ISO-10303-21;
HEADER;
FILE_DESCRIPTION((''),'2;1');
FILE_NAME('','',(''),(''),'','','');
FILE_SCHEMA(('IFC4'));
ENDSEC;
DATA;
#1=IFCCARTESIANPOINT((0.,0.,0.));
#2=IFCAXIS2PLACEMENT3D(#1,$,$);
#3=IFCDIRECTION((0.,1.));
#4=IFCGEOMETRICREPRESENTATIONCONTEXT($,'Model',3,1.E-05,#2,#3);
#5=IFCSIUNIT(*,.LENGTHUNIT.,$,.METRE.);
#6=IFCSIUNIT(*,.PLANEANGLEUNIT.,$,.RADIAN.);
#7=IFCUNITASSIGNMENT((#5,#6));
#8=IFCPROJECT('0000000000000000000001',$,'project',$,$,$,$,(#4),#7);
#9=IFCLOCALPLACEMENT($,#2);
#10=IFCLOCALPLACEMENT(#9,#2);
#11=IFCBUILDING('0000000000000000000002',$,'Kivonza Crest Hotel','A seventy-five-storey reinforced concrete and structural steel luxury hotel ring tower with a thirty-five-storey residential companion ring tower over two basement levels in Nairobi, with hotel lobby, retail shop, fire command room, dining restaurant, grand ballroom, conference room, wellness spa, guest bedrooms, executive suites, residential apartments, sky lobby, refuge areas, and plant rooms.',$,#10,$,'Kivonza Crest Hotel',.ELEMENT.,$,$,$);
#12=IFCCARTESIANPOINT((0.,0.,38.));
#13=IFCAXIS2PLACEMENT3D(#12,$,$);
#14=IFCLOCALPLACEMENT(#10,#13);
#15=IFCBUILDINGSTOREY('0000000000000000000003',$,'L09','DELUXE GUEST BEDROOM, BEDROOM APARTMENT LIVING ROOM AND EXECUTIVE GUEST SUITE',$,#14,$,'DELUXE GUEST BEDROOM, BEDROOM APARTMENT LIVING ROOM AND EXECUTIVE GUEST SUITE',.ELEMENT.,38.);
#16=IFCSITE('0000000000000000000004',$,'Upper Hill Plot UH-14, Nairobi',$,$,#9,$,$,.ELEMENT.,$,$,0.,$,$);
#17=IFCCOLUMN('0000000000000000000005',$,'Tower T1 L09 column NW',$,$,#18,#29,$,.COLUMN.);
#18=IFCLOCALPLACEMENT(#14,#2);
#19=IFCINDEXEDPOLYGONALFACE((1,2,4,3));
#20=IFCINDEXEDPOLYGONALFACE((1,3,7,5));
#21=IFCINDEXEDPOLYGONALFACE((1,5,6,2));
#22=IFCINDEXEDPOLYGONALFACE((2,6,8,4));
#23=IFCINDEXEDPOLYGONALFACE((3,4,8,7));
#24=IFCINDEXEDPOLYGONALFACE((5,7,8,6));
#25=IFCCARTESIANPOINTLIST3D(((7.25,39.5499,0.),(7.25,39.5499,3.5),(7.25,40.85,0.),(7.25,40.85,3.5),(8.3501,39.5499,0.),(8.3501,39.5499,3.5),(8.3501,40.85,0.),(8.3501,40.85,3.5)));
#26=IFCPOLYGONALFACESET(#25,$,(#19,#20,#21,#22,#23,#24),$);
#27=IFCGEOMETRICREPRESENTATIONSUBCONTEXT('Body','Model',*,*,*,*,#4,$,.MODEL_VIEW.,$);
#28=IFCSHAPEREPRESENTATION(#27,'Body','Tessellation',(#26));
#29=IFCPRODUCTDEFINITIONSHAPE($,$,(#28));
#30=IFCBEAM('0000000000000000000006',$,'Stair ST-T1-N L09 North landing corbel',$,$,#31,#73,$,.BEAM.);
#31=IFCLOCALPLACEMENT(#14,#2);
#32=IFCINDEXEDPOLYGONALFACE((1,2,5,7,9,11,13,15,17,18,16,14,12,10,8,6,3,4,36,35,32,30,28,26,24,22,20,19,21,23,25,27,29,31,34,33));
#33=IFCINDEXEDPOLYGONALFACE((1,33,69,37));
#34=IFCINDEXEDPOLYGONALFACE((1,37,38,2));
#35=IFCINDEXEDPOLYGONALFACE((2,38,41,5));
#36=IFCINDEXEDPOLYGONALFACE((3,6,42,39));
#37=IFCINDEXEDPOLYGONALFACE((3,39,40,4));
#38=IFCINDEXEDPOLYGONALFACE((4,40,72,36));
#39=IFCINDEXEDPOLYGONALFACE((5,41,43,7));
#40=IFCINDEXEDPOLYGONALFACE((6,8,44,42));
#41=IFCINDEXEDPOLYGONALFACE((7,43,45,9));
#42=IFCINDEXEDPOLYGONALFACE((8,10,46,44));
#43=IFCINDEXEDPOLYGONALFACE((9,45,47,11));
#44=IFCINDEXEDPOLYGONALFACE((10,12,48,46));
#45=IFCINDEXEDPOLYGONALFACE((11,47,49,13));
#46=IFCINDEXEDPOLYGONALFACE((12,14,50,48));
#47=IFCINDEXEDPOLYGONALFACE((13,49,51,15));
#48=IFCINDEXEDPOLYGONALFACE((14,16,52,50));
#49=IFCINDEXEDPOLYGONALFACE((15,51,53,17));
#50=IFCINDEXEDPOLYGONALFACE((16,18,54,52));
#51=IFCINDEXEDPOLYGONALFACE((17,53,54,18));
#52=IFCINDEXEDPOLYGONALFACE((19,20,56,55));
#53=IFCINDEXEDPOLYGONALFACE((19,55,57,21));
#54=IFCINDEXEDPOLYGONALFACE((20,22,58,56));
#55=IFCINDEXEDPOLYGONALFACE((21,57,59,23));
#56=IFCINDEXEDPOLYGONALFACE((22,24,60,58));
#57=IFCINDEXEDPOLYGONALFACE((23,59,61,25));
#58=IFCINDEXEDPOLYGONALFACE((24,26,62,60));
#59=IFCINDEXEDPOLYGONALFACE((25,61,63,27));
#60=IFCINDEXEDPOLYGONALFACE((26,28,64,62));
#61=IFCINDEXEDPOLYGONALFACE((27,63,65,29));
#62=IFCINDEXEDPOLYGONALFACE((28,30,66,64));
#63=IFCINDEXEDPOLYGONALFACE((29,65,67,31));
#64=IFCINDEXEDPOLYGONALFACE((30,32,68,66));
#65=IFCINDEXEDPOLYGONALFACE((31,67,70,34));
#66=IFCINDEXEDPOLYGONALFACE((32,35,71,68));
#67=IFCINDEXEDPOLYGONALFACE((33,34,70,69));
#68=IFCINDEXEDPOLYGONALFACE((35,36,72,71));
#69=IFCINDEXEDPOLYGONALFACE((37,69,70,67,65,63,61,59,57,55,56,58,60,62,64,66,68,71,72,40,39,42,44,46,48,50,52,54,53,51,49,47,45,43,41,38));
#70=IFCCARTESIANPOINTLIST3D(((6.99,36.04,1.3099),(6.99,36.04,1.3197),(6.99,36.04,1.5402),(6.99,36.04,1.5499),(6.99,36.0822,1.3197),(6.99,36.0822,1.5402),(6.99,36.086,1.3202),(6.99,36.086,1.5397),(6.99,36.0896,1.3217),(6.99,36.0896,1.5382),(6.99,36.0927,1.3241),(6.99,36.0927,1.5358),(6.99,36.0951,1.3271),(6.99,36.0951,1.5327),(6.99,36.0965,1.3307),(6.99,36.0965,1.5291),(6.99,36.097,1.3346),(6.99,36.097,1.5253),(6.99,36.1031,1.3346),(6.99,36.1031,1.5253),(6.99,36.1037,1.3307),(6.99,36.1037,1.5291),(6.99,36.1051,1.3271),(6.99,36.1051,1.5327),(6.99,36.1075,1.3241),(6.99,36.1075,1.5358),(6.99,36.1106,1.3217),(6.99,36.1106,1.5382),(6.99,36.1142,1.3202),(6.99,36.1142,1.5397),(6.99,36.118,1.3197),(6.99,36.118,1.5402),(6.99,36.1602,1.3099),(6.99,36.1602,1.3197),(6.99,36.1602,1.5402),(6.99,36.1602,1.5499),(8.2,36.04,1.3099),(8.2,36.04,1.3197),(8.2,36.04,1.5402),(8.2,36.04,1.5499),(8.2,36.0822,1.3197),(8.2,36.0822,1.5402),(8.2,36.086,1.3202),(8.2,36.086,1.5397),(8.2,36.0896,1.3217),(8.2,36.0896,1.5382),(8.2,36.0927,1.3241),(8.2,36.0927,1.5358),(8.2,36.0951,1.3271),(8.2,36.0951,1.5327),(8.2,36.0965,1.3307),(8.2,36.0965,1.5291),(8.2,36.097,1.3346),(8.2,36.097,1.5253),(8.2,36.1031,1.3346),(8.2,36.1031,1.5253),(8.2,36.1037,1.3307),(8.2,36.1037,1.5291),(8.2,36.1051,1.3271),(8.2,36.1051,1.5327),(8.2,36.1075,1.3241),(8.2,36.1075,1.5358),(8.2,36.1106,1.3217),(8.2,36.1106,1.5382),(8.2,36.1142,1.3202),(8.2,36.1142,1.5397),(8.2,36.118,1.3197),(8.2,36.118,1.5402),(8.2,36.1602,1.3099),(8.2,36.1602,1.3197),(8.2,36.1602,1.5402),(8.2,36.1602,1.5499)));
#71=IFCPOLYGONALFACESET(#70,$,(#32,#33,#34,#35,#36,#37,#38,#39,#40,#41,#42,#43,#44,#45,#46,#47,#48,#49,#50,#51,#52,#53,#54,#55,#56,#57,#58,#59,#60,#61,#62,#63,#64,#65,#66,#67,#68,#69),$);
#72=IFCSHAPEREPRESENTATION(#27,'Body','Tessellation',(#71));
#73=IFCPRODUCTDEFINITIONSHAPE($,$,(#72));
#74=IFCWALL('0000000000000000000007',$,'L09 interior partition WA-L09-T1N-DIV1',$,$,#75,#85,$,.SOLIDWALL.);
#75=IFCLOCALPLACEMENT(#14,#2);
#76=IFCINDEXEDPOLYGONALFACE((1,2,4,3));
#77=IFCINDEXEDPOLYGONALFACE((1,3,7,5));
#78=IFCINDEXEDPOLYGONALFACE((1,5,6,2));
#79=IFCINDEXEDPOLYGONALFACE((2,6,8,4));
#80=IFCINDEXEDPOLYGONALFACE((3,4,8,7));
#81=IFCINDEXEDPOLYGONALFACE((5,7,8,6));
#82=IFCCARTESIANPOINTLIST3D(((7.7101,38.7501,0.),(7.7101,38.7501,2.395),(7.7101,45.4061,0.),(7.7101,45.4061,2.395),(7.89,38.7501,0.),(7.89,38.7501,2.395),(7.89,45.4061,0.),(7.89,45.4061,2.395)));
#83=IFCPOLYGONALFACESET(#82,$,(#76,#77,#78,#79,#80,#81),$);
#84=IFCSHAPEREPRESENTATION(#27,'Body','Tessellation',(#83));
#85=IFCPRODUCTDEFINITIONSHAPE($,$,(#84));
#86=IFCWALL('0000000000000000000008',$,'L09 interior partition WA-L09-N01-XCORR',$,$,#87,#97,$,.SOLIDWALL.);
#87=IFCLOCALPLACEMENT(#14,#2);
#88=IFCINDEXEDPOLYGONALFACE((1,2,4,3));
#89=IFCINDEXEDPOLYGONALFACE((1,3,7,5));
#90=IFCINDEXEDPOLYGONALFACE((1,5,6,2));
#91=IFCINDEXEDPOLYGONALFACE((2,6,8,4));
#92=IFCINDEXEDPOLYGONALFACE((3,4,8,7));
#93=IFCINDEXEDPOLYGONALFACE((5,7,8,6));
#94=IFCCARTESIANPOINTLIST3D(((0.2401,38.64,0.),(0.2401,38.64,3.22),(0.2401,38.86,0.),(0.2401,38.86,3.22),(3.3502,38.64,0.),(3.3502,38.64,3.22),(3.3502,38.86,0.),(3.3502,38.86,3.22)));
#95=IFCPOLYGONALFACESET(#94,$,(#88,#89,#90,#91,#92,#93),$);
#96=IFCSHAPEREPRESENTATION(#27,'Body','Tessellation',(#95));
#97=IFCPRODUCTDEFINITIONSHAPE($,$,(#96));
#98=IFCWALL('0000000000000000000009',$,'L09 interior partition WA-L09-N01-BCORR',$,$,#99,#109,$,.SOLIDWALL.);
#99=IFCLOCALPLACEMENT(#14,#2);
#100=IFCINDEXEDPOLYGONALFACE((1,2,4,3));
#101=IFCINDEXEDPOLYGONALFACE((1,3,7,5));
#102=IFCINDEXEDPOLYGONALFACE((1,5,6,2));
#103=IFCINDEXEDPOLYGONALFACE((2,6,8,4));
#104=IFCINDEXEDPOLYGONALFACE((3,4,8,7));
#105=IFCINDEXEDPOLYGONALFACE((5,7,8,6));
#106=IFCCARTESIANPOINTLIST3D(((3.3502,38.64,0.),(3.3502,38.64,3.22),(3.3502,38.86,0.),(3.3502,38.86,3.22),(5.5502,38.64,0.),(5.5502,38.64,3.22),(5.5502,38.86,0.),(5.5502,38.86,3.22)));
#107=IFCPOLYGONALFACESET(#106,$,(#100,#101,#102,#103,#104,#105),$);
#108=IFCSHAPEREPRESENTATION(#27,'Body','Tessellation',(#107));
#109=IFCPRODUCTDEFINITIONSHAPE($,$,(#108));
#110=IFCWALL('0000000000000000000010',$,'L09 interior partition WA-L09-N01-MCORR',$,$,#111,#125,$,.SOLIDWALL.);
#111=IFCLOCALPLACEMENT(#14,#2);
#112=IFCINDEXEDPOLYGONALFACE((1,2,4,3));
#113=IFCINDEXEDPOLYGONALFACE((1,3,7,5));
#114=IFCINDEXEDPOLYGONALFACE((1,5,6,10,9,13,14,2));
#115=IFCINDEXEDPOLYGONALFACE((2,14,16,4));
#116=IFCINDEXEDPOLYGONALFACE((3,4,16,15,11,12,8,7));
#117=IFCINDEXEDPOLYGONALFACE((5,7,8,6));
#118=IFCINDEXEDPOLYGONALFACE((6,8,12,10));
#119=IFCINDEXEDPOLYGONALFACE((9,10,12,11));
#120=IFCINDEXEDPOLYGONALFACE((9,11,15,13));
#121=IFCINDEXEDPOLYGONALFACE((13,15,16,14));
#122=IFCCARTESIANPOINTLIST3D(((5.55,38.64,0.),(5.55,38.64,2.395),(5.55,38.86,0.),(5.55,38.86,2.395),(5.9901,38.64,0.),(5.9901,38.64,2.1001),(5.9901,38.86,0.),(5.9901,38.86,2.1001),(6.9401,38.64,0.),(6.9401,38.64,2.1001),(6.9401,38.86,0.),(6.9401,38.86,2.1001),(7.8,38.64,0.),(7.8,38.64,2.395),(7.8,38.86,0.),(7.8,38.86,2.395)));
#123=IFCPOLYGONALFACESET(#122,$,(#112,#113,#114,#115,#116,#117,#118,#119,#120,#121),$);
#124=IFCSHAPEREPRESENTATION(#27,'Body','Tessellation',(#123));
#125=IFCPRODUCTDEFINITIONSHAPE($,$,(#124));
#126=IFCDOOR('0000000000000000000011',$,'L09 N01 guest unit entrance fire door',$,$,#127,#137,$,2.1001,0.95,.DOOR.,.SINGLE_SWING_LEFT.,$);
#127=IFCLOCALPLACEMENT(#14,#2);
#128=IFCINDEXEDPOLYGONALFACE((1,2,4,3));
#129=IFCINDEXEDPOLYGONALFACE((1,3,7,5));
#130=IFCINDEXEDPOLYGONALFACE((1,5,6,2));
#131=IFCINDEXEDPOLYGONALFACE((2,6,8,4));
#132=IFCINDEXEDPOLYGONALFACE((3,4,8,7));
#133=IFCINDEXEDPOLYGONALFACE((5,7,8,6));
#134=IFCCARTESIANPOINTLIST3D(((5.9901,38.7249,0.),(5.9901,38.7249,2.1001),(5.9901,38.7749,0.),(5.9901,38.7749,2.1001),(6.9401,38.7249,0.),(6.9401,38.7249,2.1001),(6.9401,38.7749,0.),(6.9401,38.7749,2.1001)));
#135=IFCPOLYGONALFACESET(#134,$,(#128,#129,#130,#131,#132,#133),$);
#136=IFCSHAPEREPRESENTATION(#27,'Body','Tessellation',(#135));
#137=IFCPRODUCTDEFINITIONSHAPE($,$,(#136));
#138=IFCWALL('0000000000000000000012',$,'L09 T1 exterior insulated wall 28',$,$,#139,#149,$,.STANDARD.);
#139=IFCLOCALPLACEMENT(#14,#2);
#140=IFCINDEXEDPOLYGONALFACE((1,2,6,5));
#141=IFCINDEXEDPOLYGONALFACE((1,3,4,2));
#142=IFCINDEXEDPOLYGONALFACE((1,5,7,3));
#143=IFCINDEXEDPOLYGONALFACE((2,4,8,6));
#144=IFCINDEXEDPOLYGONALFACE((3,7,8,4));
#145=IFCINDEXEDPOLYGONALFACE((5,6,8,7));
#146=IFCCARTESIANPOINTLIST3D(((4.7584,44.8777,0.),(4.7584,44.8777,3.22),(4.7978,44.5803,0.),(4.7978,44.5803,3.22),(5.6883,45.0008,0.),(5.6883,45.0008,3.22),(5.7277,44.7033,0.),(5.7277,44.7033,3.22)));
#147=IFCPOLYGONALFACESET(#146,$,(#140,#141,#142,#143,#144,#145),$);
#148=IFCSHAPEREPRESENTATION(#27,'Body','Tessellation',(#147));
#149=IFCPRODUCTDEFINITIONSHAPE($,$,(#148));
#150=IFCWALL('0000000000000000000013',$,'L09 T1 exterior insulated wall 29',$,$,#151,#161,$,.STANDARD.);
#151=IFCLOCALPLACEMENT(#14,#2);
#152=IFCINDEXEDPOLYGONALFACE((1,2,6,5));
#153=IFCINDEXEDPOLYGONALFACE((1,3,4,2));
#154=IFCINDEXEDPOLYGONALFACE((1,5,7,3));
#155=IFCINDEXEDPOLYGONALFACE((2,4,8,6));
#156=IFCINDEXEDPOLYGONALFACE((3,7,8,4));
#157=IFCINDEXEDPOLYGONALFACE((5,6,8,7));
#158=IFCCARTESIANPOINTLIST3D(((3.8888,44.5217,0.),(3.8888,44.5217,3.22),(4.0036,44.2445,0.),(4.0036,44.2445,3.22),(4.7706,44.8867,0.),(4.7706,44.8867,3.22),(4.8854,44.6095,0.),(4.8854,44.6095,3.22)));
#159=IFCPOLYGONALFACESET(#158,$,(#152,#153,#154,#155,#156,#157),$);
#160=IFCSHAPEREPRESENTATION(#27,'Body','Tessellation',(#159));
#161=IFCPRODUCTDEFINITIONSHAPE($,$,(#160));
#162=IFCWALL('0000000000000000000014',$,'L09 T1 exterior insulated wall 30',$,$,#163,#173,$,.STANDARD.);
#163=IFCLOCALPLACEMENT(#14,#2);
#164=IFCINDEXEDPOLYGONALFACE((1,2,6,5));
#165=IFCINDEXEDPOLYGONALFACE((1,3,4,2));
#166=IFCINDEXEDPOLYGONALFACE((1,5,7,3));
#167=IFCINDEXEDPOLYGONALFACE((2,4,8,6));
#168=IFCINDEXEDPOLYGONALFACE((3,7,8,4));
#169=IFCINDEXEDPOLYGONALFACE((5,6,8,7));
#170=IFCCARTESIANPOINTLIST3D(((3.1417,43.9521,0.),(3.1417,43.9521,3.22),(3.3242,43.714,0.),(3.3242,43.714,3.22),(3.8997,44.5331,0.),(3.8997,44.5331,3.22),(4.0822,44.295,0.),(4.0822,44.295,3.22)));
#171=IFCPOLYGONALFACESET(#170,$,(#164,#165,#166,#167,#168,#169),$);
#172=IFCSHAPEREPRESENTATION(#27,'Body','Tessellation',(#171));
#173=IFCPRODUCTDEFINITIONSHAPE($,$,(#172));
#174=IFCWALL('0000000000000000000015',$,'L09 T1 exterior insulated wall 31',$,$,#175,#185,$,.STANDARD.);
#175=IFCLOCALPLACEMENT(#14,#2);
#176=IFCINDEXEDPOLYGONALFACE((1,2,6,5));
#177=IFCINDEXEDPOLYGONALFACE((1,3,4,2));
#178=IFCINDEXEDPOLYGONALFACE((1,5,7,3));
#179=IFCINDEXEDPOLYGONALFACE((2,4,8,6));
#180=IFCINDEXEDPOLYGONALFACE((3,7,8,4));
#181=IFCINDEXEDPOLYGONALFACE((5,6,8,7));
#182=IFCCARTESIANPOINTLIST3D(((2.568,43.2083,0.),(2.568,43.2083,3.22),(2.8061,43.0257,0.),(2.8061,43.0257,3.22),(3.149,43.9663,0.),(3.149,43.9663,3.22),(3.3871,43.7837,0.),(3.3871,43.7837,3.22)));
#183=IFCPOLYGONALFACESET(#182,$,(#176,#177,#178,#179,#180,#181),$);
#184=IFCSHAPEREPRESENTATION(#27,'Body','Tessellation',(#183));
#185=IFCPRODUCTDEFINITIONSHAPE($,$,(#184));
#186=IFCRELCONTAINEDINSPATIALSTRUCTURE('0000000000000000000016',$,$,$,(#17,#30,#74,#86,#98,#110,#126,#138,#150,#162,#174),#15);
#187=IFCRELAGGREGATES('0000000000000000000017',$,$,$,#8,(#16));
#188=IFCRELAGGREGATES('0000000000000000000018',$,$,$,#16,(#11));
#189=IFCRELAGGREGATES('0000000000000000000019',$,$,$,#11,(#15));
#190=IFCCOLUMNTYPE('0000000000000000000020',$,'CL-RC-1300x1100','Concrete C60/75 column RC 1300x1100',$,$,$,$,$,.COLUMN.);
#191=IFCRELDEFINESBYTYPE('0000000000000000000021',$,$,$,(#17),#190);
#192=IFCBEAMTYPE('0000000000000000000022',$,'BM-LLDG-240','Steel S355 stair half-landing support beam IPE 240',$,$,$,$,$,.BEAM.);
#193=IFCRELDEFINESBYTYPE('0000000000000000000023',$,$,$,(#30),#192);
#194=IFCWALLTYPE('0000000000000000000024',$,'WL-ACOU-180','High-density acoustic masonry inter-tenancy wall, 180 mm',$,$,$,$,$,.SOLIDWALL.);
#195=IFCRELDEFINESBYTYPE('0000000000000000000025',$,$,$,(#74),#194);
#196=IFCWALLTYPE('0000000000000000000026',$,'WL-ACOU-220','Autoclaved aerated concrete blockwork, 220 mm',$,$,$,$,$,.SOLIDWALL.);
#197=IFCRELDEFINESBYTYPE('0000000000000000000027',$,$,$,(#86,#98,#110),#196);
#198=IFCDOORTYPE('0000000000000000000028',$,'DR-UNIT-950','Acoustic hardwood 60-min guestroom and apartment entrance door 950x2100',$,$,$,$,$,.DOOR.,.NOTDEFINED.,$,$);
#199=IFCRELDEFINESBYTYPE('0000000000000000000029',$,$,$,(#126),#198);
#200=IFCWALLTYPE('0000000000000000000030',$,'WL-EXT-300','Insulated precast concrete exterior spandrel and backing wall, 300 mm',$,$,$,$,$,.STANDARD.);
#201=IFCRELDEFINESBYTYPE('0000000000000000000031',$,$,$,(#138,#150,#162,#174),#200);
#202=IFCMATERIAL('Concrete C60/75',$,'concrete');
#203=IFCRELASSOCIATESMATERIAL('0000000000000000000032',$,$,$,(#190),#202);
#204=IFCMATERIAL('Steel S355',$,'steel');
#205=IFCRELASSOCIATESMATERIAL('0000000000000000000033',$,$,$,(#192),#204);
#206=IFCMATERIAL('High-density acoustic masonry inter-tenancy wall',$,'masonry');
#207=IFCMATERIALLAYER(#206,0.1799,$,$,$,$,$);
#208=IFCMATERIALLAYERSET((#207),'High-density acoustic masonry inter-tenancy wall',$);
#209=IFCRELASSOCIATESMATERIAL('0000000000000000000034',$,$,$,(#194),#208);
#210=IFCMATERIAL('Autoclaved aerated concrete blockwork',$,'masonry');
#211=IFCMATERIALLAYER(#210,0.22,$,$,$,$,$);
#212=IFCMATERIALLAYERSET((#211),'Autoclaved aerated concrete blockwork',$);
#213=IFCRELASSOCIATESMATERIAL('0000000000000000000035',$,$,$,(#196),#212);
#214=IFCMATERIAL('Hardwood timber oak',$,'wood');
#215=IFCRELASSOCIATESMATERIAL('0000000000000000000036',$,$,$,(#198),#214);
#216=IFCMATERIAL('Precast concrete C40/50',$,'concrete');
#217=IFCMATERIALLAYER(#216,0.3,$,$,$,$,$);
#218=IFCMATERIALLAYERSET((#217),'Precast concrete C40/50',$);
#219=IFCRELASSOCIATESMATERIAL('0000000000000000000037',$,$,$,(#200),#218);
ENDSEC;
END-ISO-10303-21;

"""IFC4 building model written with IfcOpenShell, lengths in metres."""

from ifc_helpers import new_model, si_unit, direction, frame, frame_2d, origin, origin_2d, place, context, subcontext, project, spatial, rectangle, i_section, extrude, material, layer, layer_set, material_profile, profile_set, type_object, element, fill, save


model = new_model("IFC4")

# Units and contexts
model_context = context("Model", 3, precision=1e-05, world=origin(), true_north=direction((0.0, 1.0)))
body_context = subcontext(model_context, "Body", "Model", "MODEL_VIEW")
ifc_project = project(units=[si_unit("LENGTHUNIT", "METRE"), si_unit("PLANEANGLEUNIT", "RADIAN")], contexts=[model_context])

# Site, building, storey
site_placement = place(None, origin())
site = spatial("IfcSite", under=ifc_project, at=site_placement, Name="Upper Hill Plot UH-14, Nairobi", CompositionType="ELEMENT", RefElevation=0.0)
building_placement = place(site_placement, origin())
building = spatial("IfcBuilding", under=site, at=building_placement, Name="Kivonza Crest Hotel", Description="A seventy-five-storey reinforced concrete and structural steel luxury hotel ring tower with a thirty-five-storey residential companion ring tower over two basement levels in Nairobi, with hotel lobby, retail shop, fire command room, dining restaurant, grand ballroom, conference room, wellness spa, guest bedrooms, executive suites, residential apartments, sky lobby, refuge areas, and plant rooms.", LongName="Kivonza Crest Hotel", CompositionType="ELEMENT")
storey_placement = place(building_placement, frame((0.0, 0.0, 38.0)))
storey = spatial("IfcBuildingStorey", under=building, at=storey_placement, Name="L09", Description="DELUXE GUEST BEDROOM, BEDROOM APARTMENT LIVING ROOM AND EXECUTIVE GUEST SUITE", LongName="DELUXE GUEST BEDROOM, BEDROOM APARTMENT LIVING ROOM AND EXECUTIVE GUEST SUITE", CompositionType="ELEMENT", Elevation=38.0)

# Column
ifc_material_1 = material(Name="Concrete C60/75", Category="concrete")
ifc_material_profile_1 = material_profile(ifc_material_1, rectangle(XDim=1.1001, YDim=1.3, at=origin_2d()), Name="RC 1300x1100")
ifc_profile_set_1 = profile_set([ifc_material_profile_1], Name="Concrete C60/75")
column_type = type_object("IfcColumnType", Name="CL-RC-1300x1100", Description="Concrete C60/75 column RC 1300x1100", PredefinedType="COLUMN", material=ifc_profile_set_1)
column_placement = place(storey_placement, frame((7.8, 40.2, 0.0), z_axis=(0.0, 0.0, 1.0), x_axis=(1.0, 0.0, 0.0)))
element("IfcColumn", 1, at=column_placement, inside=storey, type_object=column_type, Name="Tower T1 L09 column NW", PredefinedType="COLUMN", context=body_context, shape_type="SweptSolid", body=[
    extrude(rectangle(XDim=1.1001, YDim=1.3, at=origin_2d()), origin(), (0.0, 0.0, 1.0), 3.5),
])

# Beam
ifc_material_2 = material(Name="Steel S355", Category="steel")
ifc_material_profile_2 = material_profile(ifc_material_2, i_section(OverallWidth=0.1201, OverallDepth=0.24, WebThickness=0.0061, FlangeThickness=0.0098, FilletRadius=0.0149, at=origin_2d()), Name="IPE 240")
ifc_profile_set_2 = profile_set([ifc_material_profile_2], Name="Steel S355")
beam_type = type_object("IfcBeamType", Name="BM-LLDG-240", Description="Steel S355 stair half-landing support beam IPE 240", PredefinedType="BEAM", material=ifc_profile_set_2)
beam_placement = place(storey_placement, frame((6.99, 36.1001, 1.4299), z_axis=(1.0, 0.0, 0.0), x_axis=(0.0, 1.0, 0.0)))
element("IfcBeam", 2, at=beam_placement, inside=storey, type_object=beam_type, Name="Stair ST-T1-N L09 North landing corbel", PredefinedType="BEAM", context=body_context, shape_type="SweptSolid", body=[
    extrude(i_section(OverallWidth=0.1201, OverallDepth=0.24, WebThickness=0.0061, FlangeThickness=0.0098, FilletRadius=0.0149, at=origin_2d()), origin(), (0.0, 0.0, 1.0), 1.21),
])

# Walls
ifc_material_3 = material(Name="High-density acoustic masonry inter-tenancy wall", Category="masonry")
ifc_layer_1 = layer(ifc_material_3, 0.1799)
ifc_layer_set_1 = layer_set([ifc_layer_1], Name="High-density acoustic masonry inter-tenancy wall")
wall_type_1 = type_object("IfcWallType", Name="WL-ACOU-180", Description="High-density acoustic masonry inter-tenancy wall, 180 mm", PredefinedType="SOLIDWALL", material=ifc_layer_set_1)
wall_1_placement = place(storey_placement, frame((7.8, 38.75, 0.0), z_axis=(0.0, 0.0, 1.0), x_axis=(0.0, 1.0, 0.0)))
element("IfcWall", 3, at=wall_1_placement, inside=storey, type_object=wall_type_1, Name="L09 interior partition WA-L09-T1N-DIV1", PredefinedType="SOLIDWALL", context=body_context, shape_type="SweptSolid", body=[
    extrude(rectangle(XDim=6.656, YDim=0.1799, at=frame_2d((3.3281, 0.0))), origin(), (0.0, 0.0, 1.0), 2.395),
])
ifc_material_4 = material(Name="Autoclaved aerated concrete blockwork", Category="masonry")
ifc_layer_2 = layer(ifc_material_4, 0.22)
ifc_layer_set_2 = layer_set([ifc_layer_2], Name="Autoclaved aerated concrete blockwork")
wall_type_2 = type_object("IfcWallType", Name="WL-ACOU-220", Description="Autoclaved aerated concrete blockwork, 220 mm", PredefinedType="SOLIDWALL", material=ifc_layer_set_2)
wall_2_placement = place(storey_placement, frame((0.24, 38.75, 0.0), z_axis=(0.0, 0.0, 1.0), x_axis=(1.0, 0.0, 0.0)))
element("IfcWall", 4, at=wall_2_placement, inside=storey, type_object=wall_type_2, Name="L09 interior partition WA-L09-N01-XCORR", PredefinedType="SOLIDWALL", context=body_context, shape_type="SweptSolid", body=[
    extrude(rectangle(XDim=3.1101, YDim=0.22, at=frame_2d((1.5552, 0.0))), origin(), (0.0, 0.0, 1.0), 3.22),
])
wall_3_placement = place(storey_placement, frame((3.3501, 38.75, 0.0), z_axis=(0.0, 0.0, 1.0), x_axis=(1.0, 0.0, 0.0)))
element("IfcWall", 5, at=wall_3_placement, inside=storey, type_object=wall_type_2, Name="L09 interior partition WA-L09-N01-BCORR", PredefinedType="SOLIDWALL", context=body_context, shape_type="SweptSolid", body=[
    extrude(rectangle(XDim=2.2, YDim=0.22, at=frame_2d((1.1001, 0.0))), origin(), (0.0, 0.0, 1.0), 3.22),
])

# Wall, opening, door
wall_4_placement = place(storey_placement, frame((5.55, 38.75, 0.0), z_axis=(0.0, 0.0, 1.0), x_axis=(1.0, 0.0, 0.0)))
wall_4 = element("IfcWall", 6, at=wall_4_placement, inside=storey, type_object=wall_type_2, Name="L09 interior partition WA-L09-N01-MCORR", PredefinedType="SOLIDWALL", context=body_context, shape_type="SweptSolid", body=[
    extrude(rectangle(XDim=2.25, YDim=0.22, at=frame_2d((1.125, 0.0))), origin(), (0.0, 0.0, 1.0), 2.395),
])
opening_1_placement = place(wall_4_placement, frame((0.4399, 0.0, 0.0)))
opening_1 = element("IfcOpeningElement", 7, at=opening_1_placement, cuts=wall_4, PredefinedType="OPENING", context=body_context, shape_type="SweptSolid", body=[
    extrude(rectangle(XDim=0.95, YDim=2.1001, at=frame_2d((0.4751, 1.05))), frame((0.0, 0.1201, 0.0), z_axis=(0.0, -1.0, 0.0), x_axis=(1.0, 0.0, 0.0)), (0.0, 0.0, 1.0), 0.24),
])
ifc_material_5 = material(Name="Hardwood timber oak", Category="wood")
door_type_1 = type_object("IfcDoorType", Name="DR-UNIT-950", Description="Acoustic hardwood 60-min guestroom and apartment entrance door 950x2100", OperationType="NOTDEFINED", PredefinedType="DOOR", material=ifc_material_5)
door_1_placement = place(opening_1_placement, origin())
door_1 = element("IfcDoor", 8, at=door_1_placement, inside=storey, type_object=door_type_1, Name="L09 N01 guest unit entrance fire door", OperationType="SINGLE_SWING_LEFT", OverallHeight=2.1001, OverallWidth=0.95, PredefinedType="DOOR", context=body_context, shape_type="SweptSolid", body=[
    extrude(rectangle(XDim=0.95, YDim=2.1001, at=frame_2d((0.4751, 1.05))), frame((0.0, 0.0249, 0.0), z_axis=(0.0, -1.0, 0.0), x_axis=(1.0, 0.0, 0.0)), (0.0, 0.0, 1.0), 0.05),
])
fill(opening_1, door_1)

# Walls
ifc_material_6 = material(Name="Precast concrete C40/50", Category="concrete")
ifc_layer_3 = layer(ifc_material_6, 0.3)
ifc_layer_set_3 = layer_set([ifc_layer_3], Name="Precast concrete C40/50")
wall_type_3 = type_object("IfcWallType", Name="WL-EXT-300", Description="Insulated precast concrete exterior spandrel and backing wall, 300 mm", PredefinedType="STANDARD", material=ifc_layer_set_3)
wall_5_placement = place(storey_placement, frame((5.708, 44.8521, 0.0), z_axis=(0.0, 0.0, 1.0), x_axis=(-0.991359, -0.131175, 0.0)))
element("IfcWall", 9, at=wall_5_placement, inside=storey, type_object=wall_type_3, Name="L09 T1 exterior insulated wall 28", PredefinedType="STANDARD", context=body_context, shape_type="SweptSolid", body=[
    extrude(rectangle(XDim=0.938, YDim=0.3, at=frame_2d((0.469, 0.0))), origin(), (0.0, 0.0, 1.0), 3.22),
])
wall_6_placement = place(storey_placement, frame((4.8279, 44.748, 0.0), z_axis=(0.0, 0.0, 1.0), x_axis=(-0.923983, -0.382435, 0.0)))
element("IfcWall", 10, at=wall_6_placement, inside=storey, type_object=wall_type_3, Name="L09 T1 exterior insulated wall 29", PredefinedType="STANDARD", context=body_context, shape_type="SweptSolid", body=[
    extrude(rectangle(XDim=0.9543, YDim=0.3, at=frame_2d((0.4771, 0.0))), origin(), (0.0, 0.0, 1.0), 3.22),
])
for number, where, z_axis, x_axis, name in (
    (11, (3.991, 44.4141, 0.0), (0.0, 0.0, 1.0), (-0.793668, -0.608351, 0.0), "L09 T1 exterior insulated wall 30"),
    (12, (3.2681, 43.875, 0.0), (0.0, 0.0, 1.0), (-0.608351, -0.793668, 0.0), "L09 T1 exterior insulated wall 31"),
):
    element("IfcWall", number, at=place(storey_placement, frame(where, z_axis=z_axis, x_axis=x_axis)), inside=storey, type_object=wall_type_3, Name=name, PredefinedType="STANDARD", context=body_context, shape_type="SweptSolid", body=[
        extrude(rectangle(XDim=0.9551, YDim=0.3, at=frame_2d((0.4775, 0.0))), origin(), (0.0, 0.0, 1.0), 3.22),
    ])

save(model, "model.ifc")
